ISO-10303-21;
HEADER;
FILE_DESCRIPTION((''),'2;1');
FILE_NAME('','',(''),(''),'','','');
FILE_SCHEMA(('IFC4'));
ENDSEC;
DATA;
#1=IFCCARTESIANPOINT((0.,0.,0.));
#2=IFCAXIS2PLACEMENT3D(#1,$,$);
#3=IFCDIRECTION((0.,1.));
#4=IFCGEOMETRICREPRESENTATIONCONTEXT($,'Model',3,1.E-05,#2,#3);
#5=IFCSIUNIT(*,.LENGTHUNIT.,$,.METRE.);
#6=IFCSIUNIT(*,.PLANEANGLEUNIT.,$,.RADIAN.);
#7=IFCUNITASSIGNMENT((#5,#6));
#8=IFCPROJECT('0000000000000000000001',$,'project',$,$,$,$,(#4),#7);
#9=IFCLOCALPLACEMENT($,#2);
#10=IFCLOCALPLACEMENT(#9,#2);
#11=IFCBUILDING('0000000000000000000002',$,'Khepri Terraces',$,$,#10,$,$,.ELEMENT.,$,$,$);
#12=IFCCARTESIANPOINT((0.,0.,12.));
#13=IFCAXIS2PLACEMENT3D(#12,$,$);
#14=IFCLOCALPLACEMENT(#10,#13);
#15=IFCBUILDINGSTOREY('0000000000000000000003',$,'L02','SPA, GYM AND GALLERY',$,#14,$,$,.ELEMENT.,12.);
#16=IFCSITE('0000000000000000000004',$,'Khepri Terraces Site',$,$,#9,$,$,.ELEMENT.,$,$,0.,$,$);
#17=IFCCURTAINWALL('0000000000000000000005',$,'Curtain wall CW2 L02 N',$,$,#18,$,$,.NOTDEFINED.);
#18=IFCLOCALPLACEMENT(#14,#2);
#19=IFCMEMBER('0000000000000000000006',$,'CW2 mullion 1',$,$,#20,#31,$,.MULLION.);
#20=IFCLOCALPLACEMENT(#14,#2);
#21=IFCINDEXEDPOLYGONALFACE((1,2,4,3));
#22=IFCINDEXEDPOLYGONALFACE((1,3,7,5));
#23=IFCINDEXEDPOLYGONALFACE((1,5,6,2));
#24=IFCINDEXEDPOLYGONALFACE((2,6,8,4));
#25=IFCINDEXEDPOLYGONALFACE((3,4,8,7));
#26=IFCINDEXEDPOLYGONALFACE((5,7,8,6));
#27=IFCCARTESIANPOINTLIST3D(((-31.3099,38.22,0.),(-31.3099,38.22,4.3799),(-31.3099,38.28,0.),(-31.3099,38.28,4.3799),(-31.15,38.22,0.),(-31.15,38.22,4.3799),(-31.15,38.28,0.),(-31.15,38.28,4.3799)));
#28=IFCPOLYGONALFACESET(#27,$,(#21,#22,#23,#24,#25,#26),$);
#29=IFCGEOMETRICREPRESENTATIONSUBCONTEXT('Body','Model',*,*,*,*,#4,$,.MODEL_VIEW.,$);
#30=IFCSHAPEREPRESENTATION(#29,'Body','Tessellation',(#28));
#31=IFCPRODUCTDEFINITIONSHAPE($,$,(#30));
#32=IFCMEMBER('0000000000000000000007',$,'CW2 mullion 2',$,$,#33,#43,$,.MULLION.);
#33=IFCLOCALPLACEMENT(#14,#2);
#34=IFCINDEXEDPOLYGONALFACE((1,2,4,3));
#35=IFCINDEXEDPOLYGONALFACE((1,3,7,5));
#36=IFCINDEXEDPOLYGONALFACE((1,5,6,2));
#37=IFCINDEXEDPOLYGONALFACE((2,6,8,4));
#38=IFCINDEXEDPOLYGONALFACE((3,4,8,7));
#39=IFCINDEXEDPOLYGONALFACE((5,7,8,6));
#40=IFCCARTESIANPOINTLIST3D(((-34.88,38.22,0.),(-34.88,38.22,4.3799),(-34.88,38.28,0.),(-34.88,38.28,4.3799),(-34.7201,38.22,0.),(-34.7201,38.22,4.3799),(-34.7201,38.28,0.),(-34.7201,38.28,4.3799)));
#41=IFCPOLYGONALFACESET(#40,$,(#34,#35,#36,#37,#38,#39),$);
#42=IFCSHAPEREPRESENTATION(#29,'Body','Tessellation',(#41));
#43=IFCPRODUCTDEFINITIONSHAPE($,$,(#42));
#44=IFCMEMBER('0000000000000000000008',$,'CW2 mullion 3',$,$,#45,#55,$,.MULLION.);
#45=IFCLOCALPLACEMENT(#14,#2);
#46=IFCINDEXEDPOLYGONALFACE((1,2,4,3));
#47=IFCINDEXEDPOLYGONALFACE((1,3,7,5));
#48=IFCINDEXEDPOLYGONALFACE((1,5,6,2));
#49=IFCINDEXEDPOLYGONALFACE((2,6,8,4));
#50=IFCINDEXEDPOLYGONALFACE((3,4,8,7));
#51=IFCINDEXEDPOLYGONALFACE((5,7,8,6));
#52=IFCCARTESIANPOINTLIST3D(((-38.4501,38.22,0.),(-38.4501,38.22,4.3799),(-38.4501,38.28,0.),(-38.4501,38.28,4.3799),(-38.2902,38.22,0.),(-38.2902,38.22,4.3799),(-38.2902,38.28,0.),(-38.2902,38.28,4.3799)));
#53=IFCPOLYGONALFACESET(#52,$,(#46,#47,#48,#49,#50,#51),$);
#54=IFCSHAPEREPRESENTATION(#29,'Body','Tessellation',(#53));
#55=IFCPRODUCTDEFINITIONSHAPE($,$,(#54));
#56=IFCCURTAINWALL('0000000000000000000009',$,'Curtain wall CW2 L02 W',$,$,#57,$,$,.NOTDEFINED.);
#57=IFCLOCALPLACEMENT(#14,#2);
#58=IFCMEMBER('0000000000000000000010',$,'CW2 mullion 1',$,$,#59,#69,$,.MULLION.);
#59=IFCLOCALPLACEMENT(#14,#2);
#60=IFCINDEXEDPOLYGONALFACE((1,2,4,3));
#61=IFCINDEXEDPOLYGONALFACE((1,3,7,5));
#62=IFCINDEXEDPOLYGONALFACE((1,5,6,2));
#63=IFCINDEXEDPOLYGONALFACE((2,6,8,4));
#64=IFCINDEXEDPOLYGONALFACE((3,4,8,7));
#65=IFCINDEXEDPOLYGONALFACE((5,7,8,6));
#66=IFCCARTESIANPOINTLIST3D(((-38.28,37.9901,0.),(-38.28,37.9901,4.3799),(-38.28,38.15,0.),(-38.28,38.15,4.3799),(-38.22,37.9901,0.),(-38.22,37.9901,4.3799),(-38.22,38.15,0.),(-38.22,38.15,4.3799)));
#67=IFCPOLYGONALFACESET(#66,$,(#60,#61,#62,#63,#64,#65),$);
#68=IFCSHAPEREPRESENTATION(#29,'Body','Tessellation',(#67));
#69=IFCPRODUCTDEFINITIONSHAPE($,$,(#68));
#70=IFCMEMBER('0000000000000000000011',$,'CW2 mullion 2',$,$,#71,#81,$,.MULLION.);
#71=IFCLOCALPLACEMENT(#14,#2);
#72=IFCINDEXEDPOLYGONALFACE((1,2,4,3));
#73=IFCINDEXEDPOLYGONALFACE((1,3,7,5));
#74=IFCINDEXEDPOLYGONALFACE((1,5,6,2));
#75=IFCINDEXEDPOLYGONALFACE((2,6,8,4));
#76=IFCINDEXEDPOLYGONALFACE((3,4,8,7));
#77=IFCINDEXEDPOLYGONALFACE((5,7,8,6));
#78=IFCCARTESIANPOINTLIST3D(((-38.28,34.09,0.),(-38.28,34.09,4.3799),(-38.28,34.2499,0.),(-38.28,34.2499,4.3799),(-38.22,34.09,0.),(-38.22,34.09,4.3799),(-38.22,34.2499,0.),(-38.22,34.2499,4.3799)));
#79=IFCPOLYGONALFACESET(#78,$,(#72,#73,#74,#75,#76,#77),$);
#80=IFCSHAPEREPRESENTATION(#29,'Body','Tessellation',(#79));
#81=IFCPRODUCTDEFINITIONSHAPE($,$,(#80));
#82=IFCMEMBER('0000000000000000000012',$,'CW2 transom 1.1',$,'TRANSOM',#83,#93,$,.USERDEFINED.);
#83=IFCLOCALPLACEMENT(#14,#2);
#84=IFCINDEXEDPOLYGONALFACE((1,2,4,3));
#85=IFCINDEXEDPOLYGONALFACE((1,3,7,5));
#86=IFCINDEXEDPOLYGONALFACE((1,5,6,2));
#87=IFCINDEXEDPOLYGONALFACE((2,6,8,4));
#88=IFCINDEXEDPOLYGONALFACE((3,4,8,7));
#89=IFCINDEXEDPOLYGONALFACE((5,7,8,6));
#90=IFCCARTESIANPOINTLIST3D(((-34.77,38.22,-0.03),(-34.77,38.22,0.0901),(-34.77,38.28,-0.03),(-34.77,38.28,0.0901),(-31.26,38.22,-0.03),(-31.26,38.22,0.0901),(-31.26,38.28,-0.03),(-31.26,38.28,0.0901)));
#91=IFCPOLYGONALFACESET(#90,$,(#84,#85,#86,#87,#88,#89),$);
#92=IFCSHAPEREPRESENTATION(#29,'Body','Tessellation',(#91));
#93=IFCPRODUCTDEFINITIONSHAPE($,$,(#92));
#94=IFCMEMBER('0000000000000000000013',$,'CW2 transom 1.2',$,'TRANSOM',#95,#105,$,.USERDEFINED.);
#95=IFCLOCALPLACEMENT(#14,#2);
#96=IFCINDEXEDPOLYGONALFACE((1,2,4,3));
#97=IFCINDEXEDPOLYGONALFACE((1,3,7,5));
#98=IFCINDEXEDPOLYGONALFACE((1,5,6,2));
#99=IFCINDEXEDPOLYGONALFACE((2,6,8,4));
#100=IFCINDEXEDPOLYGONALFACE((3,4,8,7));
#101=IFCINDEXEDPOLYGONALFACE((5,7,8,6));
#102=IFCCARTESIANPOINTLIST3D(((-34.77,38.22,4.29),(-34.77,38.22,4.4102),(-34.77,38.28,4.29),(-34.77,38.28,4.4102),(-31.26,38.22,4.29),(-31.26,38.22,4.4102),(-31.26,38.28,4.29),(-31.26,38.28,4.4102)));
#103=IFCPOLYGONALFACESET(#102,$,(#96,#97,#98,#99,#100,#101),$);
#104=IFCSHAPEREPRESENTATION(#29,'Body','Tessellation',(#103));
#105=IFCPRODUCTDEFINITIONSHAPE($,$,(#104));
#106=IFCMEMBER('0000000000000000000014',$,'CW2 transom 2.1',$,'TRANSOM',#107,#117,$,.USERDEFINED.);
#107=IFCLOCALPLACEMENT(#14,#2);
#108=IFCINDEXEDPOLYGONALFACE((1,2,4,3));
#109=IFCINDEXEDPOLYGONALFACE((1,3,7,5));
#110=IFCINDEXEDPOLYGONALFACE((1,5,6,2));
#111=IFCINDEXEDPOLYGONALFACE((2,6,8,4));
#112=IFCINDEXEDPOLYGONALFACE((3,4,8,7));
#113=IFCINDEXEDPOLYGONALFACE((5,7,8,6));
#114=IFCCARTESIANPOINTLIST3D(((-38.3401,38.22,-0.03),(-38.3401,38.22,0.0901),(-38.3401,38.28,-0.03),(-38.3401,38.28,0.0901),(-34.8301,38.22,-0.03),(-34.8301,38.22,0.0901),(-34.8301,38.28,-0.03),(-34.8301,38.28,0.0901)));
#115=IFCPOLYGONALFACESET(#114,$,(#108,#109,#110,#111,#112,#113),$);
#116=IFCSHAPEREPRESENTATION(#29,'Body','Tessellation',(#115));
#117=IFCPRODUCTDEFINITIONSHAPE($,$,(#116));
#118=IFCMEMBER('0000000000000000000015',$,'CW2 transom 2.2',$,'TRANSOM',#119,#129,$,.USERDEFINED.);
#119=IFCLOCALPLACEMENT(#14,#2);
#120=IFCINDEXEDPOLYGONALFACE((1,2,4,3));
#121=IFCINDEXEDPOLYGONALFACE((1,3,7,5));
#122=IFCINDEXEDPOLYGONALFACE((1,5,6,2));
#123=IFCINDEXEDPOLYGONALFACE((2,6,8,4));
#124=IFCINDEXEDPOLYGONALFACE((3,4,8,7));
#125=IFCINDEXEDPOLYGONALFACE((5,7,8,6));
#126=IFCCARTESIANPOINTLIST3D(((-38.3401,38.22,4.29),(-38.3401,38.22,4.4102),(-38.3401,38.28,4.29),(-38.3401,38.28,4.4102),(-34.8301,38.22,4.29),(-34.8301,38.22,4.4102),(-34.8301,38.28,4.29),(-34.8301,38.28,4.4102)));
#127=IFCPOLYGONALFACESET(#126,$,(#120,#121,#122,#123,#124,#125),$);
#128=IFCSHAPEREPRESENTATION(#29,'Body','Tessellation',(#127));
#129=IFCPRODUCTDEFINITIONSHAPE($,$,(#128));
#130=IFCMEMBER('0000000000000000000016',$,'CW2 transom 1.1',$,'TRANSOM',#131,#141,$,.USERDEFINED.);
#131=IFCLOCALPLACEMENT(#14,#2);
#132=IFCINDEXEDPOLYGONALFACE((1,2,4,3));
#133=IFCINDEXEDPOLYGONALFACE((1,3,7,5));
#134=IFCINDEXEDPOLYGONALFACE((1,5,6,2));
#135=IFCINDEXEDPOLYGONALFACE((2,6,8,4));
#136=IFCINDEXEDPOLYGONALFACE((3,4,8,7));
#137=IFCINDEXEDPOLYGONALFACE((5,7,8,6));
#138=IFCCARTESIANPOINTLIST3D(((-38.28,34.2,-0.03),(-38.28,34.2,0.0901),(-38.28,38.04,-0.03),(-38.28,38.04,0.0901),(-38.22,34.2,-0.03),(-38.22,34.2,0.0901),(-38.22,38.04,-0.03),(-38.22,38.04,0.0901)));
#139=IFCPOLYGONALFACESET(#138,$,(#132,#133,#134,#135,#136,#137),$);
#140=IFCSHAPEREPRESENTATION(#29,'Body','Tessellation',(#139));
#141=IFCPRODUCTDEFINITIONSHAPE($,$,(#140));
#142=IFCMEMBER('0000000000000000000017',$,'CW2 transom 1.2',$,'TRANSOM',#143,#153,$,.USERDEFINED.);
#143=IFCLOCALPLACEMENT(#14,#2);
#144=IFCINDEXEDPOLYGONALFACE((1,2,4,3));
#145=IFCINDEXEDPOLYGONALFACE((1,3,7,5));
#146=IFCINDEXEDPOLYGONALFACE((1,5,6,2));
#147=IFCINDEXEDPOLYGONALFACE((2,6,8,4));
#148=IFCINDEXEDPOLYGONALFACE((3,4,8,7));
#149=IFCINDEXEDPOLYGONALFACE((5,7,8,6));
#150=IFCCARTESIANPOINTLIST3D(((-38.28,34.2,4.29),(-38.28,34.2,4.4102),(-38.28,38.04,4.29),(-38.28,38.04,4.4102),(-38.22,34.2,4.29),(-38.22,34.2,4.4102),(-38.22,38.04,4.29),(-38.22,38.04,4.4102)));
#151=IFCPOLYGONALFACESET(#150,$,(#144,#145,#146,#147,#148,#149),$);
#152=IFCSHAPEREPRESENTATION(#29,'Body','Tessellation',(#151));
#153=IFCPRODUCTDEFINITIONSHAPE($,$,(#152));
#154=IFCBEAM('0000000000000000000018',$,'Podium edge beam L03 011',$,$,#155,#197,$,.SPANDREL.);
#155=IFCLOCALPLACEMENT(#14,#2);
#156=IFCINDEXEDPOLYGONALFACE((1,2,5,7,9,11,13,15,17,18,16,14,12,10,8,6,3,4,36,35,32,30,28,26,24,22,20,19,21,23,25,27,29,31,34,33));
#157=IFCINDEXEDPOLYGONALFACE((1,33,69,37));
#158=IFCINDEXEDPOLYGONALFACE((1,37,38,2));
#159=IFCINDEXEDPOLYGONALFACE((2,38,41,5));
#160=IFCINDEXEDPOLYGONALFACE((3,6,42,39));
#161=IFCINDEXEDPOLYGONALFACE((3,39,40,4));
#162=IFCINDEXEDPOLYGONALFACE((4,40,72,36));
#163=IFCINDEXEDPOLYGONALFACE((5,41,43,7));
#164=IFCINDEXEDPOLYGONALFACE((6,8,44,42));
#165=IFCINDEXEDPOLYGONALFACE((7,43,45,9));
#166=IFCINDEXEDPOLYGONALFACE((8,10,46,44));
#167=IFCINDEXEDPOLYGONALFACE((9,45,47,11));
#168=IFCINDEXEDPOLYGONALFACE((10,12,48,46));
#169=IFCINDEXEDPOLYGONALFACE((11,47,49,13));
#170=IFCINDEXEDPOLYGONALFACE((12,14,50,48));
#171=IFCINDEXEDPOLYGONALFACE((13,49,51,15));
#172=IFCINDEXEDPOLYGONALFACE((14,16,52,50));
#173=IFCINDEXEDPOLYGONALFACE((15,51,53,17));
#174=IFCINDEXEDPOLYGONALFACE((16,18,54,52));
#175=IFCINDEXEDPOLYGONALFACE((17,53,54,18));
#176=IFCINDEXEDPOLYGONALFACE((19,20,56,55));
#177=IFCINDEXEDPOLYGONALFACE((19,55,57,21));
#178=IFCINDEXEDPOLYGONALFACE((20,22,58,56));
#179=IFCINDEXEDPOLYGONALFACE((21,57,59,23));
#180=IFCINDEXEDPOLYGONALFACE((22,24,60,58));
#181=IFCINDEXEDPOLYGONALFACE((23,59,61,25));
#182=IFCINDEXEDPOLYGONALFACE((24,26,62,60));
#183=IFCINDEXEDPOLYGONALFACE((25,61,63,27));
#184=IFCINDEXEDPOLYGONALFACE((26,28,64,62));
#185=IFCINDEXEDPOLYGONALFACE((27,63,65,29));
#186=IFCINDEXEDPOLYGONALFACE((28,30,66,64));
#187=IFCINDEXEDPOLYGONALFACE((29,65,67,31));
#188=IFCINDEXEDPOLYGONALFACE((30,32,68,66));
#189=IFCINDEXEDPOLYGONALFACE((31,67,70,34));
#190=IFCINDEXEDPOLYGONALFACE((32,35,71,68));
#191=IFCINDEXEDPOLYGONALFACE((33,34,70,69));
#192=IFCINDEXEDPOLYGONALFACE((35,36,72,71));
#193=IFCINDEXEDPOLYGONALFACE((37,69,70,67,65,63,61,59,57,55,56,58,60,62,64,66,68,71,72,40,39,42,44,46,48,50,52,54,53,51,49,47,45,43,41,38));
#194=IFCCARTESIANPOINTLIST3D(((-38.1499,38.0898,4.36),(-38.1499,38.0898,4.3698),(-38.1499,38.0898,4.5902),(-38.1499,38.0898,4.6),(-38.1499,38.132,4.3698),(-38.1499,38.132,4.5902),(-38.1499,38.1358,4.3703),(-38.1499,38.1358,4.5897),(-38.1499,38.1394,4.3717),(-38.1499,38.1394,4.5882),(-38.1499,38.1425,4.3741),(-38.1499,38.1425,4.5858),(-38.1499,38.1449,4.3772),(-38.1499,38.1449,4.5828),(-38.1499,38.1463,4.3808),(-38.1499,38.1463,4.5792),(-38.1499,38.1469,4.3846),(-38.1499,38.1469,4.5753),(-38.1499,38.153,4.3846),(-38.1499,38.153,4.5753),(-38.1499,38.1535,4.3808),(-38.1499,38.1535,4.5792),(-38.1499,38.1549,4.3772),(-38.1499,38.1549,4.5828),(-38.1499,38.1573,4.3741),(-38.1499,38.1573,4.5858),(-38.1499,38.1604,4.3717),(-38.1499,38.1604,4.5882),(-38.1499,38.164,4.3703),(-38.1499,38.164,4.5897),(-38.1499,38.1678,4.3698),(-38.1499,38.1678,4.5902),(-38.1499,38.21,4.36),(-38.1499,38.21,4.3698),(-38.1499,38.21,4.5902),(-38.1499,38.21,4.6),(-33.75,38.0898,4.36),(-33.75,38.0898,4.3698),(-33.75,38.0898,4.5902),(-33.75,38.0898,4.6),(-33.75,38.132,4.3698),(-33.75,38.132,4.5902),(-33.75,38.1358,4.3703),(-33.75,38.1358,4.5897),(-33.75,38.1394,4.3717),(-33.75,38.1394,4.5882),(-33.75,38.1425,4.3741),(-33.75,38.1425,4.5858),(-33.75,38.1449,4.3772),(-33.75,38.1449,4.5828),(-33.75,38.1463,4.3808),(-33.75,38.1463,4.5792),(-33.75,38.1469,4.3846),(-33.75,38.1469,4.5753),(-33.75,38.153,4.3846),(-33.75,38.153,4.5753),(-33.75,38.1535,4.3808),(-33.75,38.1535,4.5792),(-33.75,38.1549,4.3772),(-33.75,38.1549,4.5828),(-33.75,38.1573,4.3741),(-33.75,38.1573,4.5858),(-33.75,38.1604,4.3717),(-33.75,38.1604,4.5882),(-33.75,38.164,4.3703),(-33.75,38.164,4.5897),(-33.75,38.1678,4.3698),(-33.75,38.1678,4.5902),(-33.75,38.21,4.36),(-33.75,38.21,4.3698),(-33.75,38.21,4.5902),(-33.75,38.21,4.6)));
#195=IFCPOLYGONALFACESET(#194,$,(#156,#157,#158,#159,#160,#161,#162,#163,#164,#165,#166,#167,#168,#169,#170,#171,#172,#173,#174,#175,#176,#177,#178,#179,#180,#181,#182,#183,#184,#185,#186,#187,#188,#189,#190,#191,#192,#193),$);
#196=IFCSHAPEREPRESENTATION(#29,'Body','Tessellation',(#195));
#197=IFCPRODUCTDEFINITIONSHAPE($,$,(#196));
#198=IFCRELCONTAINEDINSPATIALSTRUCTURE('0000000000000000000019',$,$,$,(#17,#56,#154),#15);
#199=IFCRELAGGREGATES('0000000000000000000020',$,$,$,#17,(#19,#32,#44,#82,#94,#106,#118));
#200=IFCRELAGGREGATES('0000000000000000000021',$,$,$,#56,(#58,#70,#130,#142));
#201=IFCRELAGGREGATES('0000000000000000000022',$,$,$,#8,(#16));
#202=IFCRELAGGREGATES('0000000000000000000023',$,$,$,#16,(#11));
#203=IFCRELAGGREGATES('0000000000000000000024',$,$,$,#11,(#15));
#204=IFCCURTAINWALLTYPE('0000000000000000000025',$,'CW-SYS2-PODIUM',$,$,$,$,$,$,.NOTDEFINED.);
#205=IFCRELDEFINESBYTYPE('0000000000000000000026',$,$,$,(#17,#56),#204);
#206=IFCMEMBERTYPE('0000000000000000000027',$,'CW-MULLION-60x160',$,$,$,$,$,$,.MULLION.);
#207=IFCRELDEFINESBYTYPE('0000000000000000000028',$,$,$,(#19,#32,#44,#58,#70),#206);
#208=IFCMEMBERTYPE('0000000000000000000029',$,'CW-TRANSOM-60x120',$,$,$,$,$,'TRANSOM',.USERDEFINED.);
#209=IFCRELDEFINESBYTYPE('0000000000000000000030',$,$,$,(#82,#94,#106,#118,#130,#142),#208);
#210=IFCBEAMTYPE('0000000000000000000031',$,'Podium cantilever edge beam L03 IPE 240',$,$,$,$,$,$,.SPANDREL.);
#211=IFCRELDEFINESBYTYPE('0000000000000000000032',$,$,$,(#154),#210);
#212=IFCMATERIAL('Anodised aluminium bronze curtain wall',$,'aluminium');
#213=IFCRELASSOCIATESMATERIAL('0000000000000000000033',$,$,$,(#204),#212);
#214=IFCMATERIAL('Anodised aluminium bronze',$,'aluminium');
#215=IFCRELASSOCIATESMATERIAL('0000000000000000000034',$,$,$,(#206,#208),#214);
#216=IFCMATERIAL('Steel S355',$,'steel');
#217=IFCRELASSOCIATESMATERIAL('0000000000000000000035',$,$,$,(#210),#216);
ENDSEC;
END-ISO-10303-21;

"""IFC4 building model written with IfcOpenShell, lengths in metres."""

from ifc_helpers import new_model, si_unit, direction, frame, origin, origin_2d, place, context, subcontext, project, spatial, rectangle, i_section, extrude, material, material_profile, profile_set, type_object, element, aggregate, save


model = new_model("IFC4")

# Units and contexts
model_context = context("Model", 3, precision=1e-05, world=origin(), true_north=direction((0.0, 1.0)))
body_context = subcontext(model_context, "Body", "Model", "MODEL_VIEW")
ifc_project = project(units=[si_unit("LENGTHUNIT", "METRE"), si_unit("PLANEANGLEUNIT", "RADIAN")], contexts=[model_context])

# Site, building, storey
site_placement = place(None, origin())
site = spatial("IfcSite", under=ifc_project, at=site_placement, Name="Khepri Terraces Site", CompositionType="ELEMENT", RefElevation=0.0)
building_placement = place(site_placement, origin())
building = spatial("IfcBuilding", under=site, at=building_placement, Name="Khepri Terraces", CompositionType="ELEMENT")
storey_placement = place(building_placement, frame((0.0, 0.0, 12.0)))
storey = spatial("IfcBuildingStorey", under=building, at=storey_placement, Name="L02", Description="SPA, GYM AND GALLERY", CompositionType="ELEMENT", Elevation=12.0)

# Curtain walls, members
ifc_material_1 = material(Name="Anodised aluminium bronze curtain wall", Category="aluminium")
curtain_wall_type = type_object("IfcCurtainWallType", Name="CW-SYS2-PODIUM", PredefinedType="NOTDEFINED", material=ifc_material_1)
curtain_wall_1_placement = place(storey_placement, origin())
curtain_wall_1 = element("IfcCurtainWall", 1, at=curtain_wall_1_placement, inside=storey, type_object=curtain_wall_type, Name="Curtain wall CW2 L02 N", PredefinedType="NOTDEFINED")
ifc_material_2 = material(Name="Anodised aluminium bronze", Category="aluminium")
ifc_material_profile_1 = material_profile(ifc_material_2, rectangle(XDim=0.0601, YDim=0.1599, at=origin_2d()), Name="Anodised aluminium bronze", Category="aluminium")
ifc_profile_set_1 = profile_set([ifc_material_profile_1], Name="Anodised aluminium bronze")
member_type_1 = type_object("IfcMemberType", Name="CW-MULLION-60x160", PredefinedType="MULLION", material=ifc_profile_set_1)
member_1_placement = place(storey_placement, frame((-31.23, 38.25, 0.0), z_axis=(0.0, 0.0, 1.0), x_axis=(0.0, -1.0, 0.0)))
member_1 = element("IfcMember", 2, at=member_1_placement, type_object=member_type_1, Name="CW2 mullion 1", PredefinedType="MULLION", context=body_context, shape_type="SweptSolid", body=[
    extrude(rectangle(XDim=0.0601, YDim=0.1599, at=origin_2d()), origin(), (0.0, 0.0, 1.0), 4.3799),
])
member_2_placement = place(storey_placement, frame((-34.8, 38.25, 0.0), z_axis=(0.0, 0.0, 1.0), x_axis=(0.0, -1.0, 0.0)))
member_2 = element("IfcMember", 3, at=member_2_placement, type_object=member_type_1, Name="CW2 mullion 2", PredefinedType="MULLION", context=body_context, shape_type="SweptSolid", body=[
    extrude(rectangle(XDim=0.0601, YDim=0.1599, at=origin_2d()), origin(), (0.0, 0.0, 1.0), 4.3799),
])
member_3_placement = place(storey_placement, frame((-38.3701, 38.25, 0.0), z_axis=(0.0, 0.0, 1.0), x_axis=(0.0, -1.0, 0.0)))
member_3 = element("IfcMember", 4, at=member_3_placement, type_object=member_type_1, Name="CW2 mullion 3", PredefinedType="MULLION", context=body_context, shape_type="SweptSolid", body=[
    extrude(rectangle(XDim=0.0601, YDim=0.1599, at=origin_2d()), origin(), (0.0, 0.0, 1.0), 4.3799),
])
curtain_wall_2_placement = place(storey_placement, origin())
curtain_wall_2 = element("IfcCurtainWall", 5, at=curtain_wall_2_placement, inside=storey, type_object=curtain_wall_type, Name="Curtain wall CW2 L02 W", PredefinedType="NOTDEFINED")
member_4_placement = place(storey_placement, frame((-38.25, 38.0701, 0.0), z_axis=(0.0, 0.0, 1.0), x_axis=(1.0, 0.0, 0.0)))
member_4 = element("IfcMember", 6, at=member_4_placement, type_object=member_type_1, Name="CW2 mullion 1", PredefinedType="MULLION", context=body_context, shape_type="SweptSolid", body=[
    extrude(rectangle(XDim=0.0601, YDim=0.1599, at=origin_2d()), origin(), (0.0, 0.0, 1.0), 4.3799),
])
member_5_placement = place(storey_placement, frame((-38.25, 34.1699, 0.0), z_axis=(0.0, 0.0, 1.0), x_axis=(1.0, 0.0, 0.0)))
member_5 = element("IfcMember", 7, at=member_5_placement, type_object=member_type_1, Name="CW2 mullion 2", PredefinedType="MULLION", context=body_context, shape_type="SweptSolid", body=[
    extrude(rectangle(XDim=0.0601, YDim=0.1599, at=origin_2d()), origin(), (0.0, 0.0, 1.0), 4.3799),
])

# Members
ifc_material_profile_2 = material_profile(ifc_material_2, rectangle(XDim=0.0601, YDim=0.1201, at=origin_2d()), Name="Anodised aluminium bronze", Category="aluminium")
ifc_profile_set_2 = profile_set([ifc_material_profile_2], Name="Anodised aluminium bronze")
member_type_2 = type_object("IfcMemberType", Name="CW-TRANSOM-60x120", ElementType="TRANSOM", PredefinedType="USERDEFINED", material=ifc_profile_set_2)
member_6_placement = place(storey_placement, frame((-31.26, 38.25, 0.03), z_axis=(-1.0, 0.0, 0.0), x_axis=(0.0, -1.0, 0.0)))
member_6 = element("IfcMember", 8, at=member_6_placement, type_object=member_type_2, Name="CW2 transom 1.1", ObjectType="TRANSOM", PredefinedType="USERDEFINED", context=body_context, shape_type="SweptSolid", body=[
    extrude(rectangle(XDim=0.0601, YDim=0.1201, at=origin_2d()), origin(), (0.0, 0.0, 1.0), 3.51),
])
member_7_placement = place(storey_placement, frame((-31.26, 38.25, 4.3501), z_axis=(-1.0, 0.0, 0.0), x_axis=(0.0, -1.0, 0.0)))
member_7 = element("IfcMember", 9, at=member_7_placement, type_object=member_type_2, Name="CW2 transom 1.2", ObjectType="TRANSOM", PredefinedType="USERDEFINED", context=body_context, shape_type="SweptSolid", body=[
    extrude(rectangle(XDim=0.0601, YDim=0.1201, at=origin_2d()), origin(), (0.0, 0.0, 1.0), 3.51),
])
member_8_placement = place(storey_placement, frame((-34.8301, 38.25, 0.03), z_axis=(-1.0, 0.0, 0.0), x_axis=(0.0, -1.0, 0.0)))
member_8 = element("IfcMember", 10, at=member_8_placement, type_object=member_type_2, Name="CW2 transom 2.1", ObjectType="TRANSOM", PredefinedType="USERDEFINED", context=body_context, shape_type="SweptSolid", body=[
    extrude(rectangle(XDim=0.0601, YDim=0.1201, at=origin_2d()), origin(), (0.0, 0.0, 1.0), 3.51),
])
member_9_placement = place(storey_placement, frame((-34.8301, 38.25, 4.3501), z_axis=(-1.0, 0.0, 0.0), x_axis=(0.0, -1.0, 0.0)))
member_9 = element("IfcMember", 11, at=member_9_placement, type_object=member_type_2, Name="CW2 transom 2.2", ObjectType="TRANSOM", PredefinedType="USERDEFINED", context=body_context, shape_type="SweptSolid", body=[
    extrude(rectangle(XDim=0.0601, YDim=0.1201, at=origin_2d()), origin(), (0.0, 0.0, 1.0), 3.51),
])
member_10_placement = place(storey_placement, frame((-38.25, 38.04, 0.03), z_axis=(0.0, -1.0, 0.0), x_axis=(1.0, 0.0, 0.0)))
member_10 = element("IfcMember", 12, at=member_10_placement, type_object=member_type_2, Name="CW2 transom 1.1", ObjectType="TRANSOM", PredefinedType="USERDEFINED", context=body_context, shape_type="SweptSolid", body=[
    extrude(rectangle(XDim=0.0601, YDim=0.1201, at=origin_2d()), origin(), (0.0, 0.0, 1.0), 3.8401),
])
member_11_placement = place(storey_placement, frame((-38.25, 38.04, 4.3501), z_axis=(0.0, -1.0, 0.0), x_axis=(1.0, 0.0, 0.0)))
member_11 = element("IfcMember", 13, at=member_11_placement, type_object=member_type_2, Name="CW2 transom 1.2", ObjectType="TRANSOM", PredefinedType="USERDEFINED", context=body_context, shape_type="SweptSolid", body=[
    extrude(rectangle(XDim=0.0601, YDim=0.1201, at=origin_2d()), origin(), (0.0, 0.0, 1.0), 3.8401),
])

# Beam
ifc_material_3 = material(Name="Steel S355", Category="steel")
ifc_material_profile_3 = material_profile(ifc_material_3, i_section(OverallWidth=0.1201, OverallDepth=0.24, WebThickness=0.0061, FlangeThickness=0.0098, FilletRadius=0.0149, at=origin_2d()), Name="Steel S355", Category="steel")
ifc_profile_set_3 = profile_set([ifc_material_profile_3], Name="Steel S355")
beam_type_1 = type_object("IfcBeamType", Name="Podium cantilever edge beam L03 IPE 240", PredefinedType="SPANDREL", material=ifc_profile_set_3)
beam_1_placement = place(storey_placement, frame((-38.1499, 38.1499, 4.48), z_axis=(1.0, 0.0, 0.0), x_axis=(0.0, 1.0, 0.0)))
element("IfcBeam", 14, at=beam_1_placement, inside=storey, type_object=beam_type_1, Name="Podium edge beam L03 011", PredefinedType="SPANDREL", context=body_context, shape_type="SweptSolid", body=[
    extrude(i_section(OverallWidth=0.1201, OverallDepth=0.24, WebThickness=0.0061, FlangeThickness=0.0098, FilletRadius=0.0149, at=origin_2d()), origin(), (0.0, 0.0, 1.0), 4.3999),
])

aggregate(curtain_wall_1, [member_1, member_2, member_3, member_6, member_7, member_8, member_9])
aggregate(curtain_wall_2, [member_4, member_5, member_10, member_11])

save(model, "model.ifc")
